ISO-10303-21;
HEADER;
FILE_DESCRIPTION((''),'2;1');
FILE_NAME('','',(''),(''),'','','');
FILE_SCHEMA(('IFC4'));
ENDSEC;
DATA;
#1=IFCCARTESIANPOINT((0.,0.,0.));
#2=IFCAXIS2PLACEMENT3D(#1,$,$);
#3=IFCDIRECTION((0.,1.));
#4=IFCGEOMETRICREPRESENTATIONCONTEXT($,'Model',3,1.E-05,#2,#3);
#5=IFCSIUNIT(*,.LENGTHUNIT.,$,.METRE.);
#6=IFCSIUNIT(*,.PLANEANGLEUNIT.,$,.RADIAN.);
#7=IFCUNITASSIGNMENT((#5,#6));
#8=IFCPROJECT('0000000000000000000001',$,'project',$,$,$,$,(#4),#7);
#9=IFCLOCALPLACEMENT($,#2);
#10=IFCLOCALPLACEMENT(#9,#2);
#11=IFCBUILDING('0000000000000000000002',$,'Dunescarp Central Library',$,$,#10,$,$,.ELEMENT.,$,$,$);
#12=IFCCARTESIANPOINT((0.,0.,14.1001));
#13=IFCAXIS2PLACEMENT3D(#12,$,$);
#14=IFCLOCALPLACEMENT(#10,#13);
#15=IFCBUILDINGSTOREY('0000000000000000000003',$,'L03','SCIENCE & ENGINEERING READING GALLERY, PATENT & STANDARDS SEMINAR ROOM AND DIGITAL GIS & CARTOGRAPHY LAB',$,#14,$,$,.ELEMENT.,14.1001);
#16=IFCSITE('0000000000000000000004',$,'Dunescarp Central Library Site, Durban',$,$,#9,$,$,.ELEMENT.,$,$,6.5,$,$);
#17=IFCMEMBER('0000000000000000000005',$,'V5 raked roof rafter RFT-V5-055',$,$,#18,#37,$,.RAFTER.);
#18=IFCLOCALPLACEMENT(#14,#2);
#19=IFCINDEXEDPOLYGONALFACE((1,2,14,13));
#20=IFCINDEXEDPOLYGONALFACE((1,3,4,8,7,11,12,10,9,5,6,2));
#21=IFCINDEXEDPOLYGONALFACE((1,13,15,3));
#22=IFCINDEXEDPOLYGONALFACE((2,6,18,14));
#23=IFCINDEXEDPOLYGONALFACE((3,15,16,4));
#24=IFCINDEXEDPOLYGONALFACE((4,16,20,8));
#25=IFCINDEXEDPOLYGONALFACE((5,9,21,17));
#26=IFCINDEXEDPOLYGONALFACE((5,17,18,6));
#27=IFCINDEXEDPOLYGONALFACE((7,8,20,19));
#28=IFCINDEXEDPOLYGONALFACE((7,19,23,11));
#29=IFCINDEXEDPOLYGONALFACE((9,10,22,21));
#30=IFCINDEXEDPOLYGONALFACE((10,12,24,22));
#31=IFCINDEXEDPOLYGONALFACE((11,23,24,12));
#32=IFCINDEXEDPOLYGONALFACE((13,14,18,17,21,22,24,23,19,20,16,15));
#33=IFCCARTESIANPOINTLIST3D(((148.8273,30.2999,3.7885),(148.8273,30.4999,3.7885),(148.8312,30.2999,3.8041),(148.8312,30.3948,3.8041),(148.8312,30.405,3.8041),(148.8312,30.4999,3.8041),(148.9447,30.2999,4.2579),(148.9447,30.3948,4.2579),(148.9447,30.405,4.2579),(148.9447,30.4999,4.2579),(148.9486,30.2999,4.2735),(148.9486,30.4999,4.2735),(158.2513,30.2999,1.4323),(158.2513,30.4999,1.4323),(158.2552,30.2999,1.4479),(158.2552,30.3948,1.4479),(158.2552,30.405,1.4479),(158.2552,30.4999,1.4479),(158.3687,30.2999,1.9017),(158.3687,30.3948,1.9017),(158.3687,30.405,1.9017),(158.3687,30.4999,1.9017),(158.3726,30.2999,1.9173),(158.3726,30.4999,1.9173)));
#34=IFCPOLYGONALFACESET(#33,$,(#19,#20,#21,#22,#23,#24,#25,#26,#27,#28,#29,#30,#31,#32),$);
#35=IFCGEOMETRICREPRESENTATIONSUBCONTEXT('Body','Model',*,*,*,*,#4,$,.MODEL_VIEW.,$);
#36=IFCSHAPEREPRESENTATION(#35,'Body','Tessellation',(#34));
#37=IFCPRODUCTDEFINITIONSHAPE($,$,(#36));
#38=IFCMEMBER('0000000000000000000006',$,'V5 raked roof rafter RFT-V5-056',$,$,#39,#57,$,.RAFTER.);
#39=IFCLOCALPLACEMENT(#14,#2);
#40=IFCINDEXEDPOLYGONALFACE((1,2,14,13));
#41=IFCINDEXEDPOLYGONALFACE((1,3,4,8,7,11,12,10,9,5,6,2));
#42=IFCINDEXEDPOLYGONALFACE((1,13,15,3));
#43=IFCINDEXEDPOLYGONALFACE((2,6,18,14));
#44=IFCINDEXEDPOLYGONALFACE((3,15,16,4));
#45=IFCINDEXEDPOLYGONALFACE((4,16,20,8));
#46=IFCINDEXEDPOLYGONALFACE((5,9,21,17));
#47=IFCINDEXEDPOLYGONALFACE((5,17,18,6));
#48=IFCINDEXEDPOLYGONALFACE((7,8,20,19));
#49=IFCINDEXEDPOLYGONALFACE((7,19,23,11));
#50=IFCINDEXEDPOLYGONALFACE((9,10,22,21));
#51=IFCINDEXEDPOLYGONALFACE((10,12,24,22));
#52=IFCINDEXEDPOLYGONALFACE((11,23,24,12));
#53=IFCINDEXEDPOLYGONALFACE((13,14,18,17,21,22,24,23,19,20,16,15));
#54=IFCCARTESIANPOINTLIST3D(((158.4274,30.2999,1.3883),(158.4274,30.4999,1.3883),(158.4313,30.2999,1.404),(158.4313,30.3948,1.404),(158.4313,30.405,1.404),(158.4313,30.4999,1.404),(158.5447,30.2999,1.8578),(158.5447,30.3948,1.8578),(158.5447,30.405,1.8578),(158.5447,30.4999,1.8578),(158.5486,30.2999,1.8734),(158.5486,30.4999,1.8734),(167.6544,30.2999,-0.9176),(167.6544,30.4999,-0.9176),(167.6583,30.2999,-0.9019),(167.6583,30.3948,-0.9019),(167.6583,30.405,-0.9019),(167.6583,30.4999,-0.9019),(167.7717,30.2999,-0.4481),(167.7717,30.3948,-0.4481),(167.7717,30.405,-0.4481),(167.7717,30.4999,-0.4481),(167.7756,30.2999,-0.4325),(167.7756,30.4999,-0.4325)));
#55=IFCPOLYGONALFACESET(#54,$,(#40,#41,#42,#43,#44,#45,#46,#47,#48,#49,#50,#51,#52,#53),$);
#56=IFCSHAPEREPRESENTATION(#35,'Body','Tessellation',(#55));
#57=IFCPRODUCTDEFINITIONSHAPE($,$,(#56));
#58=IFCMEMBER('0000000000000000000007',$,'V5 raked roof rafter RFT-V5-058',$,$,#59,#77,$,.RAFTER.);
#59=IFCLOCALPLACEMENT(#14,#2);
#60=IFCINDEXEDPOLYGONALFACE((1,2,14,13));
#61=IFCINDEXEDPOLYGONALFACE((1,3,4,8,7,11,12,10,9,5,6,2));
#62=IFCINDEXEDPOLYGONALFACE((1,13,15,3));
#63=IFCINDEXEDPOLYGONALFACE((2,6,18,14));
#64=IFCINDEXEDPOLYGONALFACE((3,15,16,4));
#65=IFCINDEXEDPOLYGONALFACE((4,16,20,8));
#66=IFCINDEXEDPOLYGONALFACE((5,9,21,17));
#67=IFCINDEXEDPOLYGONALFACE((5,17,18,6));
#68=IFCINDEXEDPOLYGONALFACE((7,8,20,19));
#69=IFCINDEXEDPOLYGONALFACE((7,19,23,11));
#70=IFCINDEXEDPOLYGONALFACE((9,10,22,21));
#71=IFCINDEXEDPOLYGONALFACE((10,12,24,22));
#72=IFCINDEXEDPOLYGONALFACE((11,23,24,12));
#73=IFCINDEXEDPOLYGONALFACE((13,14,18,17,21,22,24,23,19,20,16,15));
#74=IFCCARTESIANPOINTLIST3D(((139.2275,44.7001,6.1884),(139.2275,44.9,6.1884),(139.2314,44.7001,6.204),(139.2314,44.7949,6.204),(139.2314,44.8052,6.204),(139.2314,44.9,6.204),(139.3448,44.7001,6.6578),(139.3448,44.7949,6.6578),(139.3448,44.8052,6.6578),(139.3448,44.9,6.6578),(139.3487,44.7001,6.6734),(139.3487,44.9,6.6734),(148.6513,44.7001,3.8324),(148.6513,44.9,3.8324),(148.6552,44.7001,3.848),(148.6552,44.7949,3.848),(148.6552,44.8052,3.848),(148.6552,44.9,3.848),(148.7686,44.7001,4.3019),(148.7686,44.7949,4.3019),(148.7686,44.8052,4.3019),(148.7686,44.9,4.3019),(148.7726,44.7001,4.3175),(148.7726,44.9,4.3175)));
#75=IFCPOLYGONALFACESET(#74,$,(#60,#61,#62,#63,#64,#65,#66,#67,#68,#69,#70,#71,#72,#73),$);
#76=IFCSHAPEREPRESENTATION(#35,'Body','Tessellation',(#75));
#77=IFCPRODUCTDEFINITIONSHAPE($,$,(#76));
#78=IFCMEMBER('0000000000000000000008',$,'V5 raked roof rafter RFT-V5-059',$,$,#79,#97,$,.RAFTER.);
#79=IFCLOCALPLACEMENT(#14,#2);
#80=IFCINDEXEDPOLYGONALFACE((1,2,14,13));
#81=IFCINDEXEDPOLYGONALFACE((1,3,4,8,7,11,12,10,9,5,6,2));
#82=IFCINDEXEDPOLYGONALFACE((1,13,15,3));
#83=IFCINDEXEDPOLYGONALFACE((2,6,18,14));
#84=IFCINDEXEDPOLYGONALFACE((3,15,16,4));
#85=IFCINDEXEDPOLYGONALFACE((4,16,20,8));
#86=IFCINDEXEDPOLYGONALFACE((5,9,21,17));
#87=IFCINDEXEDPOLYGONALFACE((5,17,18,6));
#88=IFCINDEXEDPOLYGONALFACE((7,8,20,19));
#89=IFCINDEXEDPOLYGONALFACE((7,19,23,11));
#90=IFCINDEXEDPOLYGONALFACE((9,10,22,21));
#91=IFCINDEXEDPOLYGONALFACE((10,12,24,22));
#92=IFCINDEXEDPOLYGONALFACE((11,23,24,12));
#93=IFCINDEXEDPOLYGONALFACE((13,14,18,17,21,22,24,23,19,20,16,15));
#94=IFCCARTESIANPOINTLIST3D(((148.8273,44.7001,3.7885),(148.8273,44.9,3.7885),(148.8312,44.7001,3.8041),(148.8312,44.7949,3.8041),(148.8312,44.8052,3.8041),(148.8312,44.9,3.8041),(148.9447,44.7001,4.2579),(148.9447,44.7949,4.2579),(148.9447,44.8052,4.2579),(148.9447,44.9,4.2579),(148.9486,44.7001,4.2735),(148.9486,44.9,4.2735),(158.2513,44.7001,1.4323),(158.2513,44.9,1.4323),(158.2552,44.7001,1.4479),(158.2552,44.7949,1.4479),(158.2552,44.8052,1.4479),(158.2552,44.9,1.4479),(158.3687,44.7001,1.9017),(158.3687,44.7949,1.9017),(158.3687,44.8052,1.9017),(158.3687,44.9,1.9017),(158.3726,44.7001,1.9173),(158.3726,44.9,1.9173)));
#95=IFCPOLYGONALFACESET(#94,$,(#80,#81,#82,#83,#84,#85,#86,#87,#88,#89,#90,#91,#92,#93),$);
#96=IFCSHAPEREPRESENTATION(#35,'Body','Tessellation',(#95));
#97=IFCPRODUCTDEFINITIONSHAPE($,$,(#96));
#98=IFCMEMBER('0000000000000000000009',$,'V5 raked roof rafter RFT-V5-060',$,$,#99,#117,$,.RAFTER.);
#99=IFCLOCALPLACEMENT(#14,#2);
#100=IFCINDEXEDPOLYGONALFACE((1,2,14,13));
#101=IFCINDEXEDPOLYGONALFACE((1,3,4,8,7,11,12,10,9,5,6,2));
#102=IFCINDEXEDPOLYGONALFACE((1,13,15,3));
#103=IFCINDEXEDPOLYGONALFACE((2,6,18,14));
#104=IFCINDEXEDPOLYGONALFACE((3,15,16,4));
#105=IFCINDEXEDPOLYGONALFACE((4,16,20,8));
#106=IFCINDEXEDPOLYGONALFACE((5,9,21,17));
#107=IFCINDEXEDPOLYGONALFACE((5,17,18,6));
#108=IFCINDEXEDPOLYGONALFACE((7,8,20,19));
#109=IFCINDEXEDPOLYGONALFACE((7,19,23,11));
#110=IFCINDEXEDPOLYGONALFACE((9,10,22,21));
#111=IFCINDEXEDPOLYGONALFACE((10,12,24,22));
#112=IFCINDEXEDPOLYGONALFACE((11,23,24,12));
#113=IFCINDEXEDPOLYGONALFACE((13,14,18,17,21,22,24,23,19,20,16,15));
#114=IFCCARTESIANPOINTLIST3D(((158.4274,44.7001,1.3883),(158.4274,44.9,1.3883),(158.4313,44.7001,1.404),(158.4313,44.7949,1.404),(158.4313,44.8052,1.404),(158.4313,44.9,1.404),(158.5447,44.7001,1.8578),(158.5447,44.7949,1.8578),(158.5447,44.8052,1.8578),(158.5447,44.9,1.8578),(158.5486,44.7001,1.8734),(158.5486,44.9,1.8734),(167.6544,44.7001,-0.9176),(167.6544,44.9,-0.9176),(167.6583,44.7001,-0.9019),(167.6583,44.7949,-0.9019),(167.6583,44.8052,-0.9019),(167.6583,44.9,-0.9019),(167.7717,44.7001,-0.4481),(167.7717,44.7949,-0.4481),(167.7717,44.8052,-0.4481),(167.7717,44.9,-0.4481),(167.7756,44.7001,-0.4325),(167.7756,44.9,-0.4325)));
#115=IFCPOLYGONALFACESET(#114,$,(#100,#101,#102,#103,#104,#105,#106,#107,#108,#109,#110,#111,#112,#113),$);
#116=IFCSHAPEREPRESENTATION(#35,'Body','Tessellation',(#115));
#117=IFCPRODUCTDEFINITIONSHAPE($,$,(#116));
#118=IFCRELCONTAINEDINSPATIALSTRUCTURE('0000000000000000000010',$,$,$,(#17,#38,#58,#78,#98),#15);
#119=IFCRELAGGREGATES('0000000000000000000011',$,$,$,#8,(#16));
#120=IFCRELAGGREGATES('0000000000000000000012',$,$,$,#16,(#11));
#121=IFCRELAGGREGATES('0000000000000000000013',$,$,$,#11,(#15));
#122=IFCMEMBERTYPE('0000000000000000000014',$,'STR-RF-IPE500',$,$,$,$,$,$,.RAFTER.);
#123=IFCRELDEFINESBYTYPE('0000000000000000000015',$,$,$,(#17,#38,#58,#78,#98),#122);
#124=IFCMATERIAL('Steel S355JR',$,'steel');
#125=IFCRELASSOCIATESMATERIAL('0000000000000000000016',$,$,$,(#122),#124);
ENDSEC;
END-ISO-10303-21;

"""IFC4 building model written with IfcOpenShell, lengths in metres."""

from ifc_helpers import new_model, si_unit, direction, frame, origin, origin_2d, place, context, subcontext, project, spatial, i_section, extrude, material, material_profile, profile_set, type_object, element, save


model = new_model("IFC4")

# Units and contexts
model_context = context("Model", 3, precision=1e-05, world=origin(), true_north=direction((0.0, 1.0)))
body_context = subcontext(model_context, "Body", "Model", "MODEL_VIEW")
ifc_project = project(units=[si_unit("LENGTHUNIT", "METRE"), si_unit("PLANEANGLEUNIT", "RADIAN")], contexts=[model_context])

# Site, building, storey
site_placement = place(None, origin())
site = spatial("IfcSite", under=ifc_project, at=site_placement, Name="Dunescarp Central Library Site, Durban", CompositionType="ELEMENT", RefElevation=6.5)
building_placement = place(site_placement, origin())
building = spatial("IfcBuilding", under=site, at=building_placement, Name="Dunescarp Central Library", CompositionType="ELEMENT")
storey_placement = place(building_placement, frame((0.0, 0.0, 14.1001)))
storey = spatial("IfcBuildingStorey", under=building, at=storey_placement, Name="L03", Description="SCIENCE & ENGINEERING READING GALLERY, PATENT & STANDARDS SEMINAR ROOM AND DIGITAL GIS & CARTOGRAPHY LAB", CompositionType="ELEMENT", Elevation=14.1001)

# Shared definitions
ifc_material = material(Name="Steel S355JR", Category="steel")

# Members
ifc_material_profile_1 = material_profile(ifc_material, i_section(OverallWidth=0.2, OverallDepth=0.5, WebThickness=0.0103, FlangeThickness=0.0161, at=origin_2d()), Name="IPE 500")
ifc_profile_set_1 = profile_set([ifc_material_profile_1], Name="Steel S355JR")
member_type_1 = type_object("IfcMemberType", Name="STR-RF-IPE500", PredefinedType="RAFTER", material=ifc_profile_set_1)
member_1_placement = place(storey_placement, frame((148.8879, 30.3999, 4.031), z_axis=(0.970138, 0.0, -0.242553), x_axis=(0.0, 1.0, 0.0)))
element("IfcMember", 1, at=member_1_placement, inside=storey, type_object=member_type_1, Name="V5 raked roof rafter RFT-V5-055", PredefinedType="RAFTER", context=body_context, shape_type="SweptSolid", body=[
    extrude(i_section(OverallWidth=0.2, OverallDepth=0.5, WebThickness=0.0103, FlangeThickness=0.0161, at=origin_2d()), origin(), (0.0, 0.0, 1.0), 9.7141),
])
member_2_placement = place(storey_placement, frame((158.488, 30.3999, 1.6309), z_axis=(0.970164, 0.0, -0.242451), x_axis=(0.0, 1.0, 0.0)))
element("IfcMember", 2, at=member_2_placement, inside=storey, type_object=member_type_1, Name="V5 raked roof rafter RFT-V5-056", PredefinedType="RAFTER", context=body_context, shape_type="SweptSolid", body=[
    extrude(i_section(OverallWidth=0.2, OverallDepth=0.5, WebThickness=0.0103, FlangeThickness=0.0161, at=origin_2d()), origin(), (0.0, 0.0, 1.0), 9.5107),
])
member_3_placement = place(storey_placement, frame((139.2881, 44.8, 6.4309), z_axis=(0.970143, 0.0, -0.242536), x_axis=(0.0, 1.0, 0.0)))
element("IfcMember", 3, at=member_3_placement, inside=storey, type_object=member_type_1, Name="V5 raked roof rafter RFT-V5-058", PredefinedType="RAFTER", context=body_context, shape_type="SweptSolid", body=[
    extrude(i_section(OverallWidth=0.2, OverallDepth=0.5, WebThickness=0.0103, FlangeThickness=0.0161, at=origin_2d()), origin(), (0.0, 0.0, 1.0), 9.7139),
])
member_4_placement = place(storey_placement, frame((148.8879, 44.8, 4.031), z_axis=(0.970138, 0.0, -0.242553), x_axis=(0.0, 1.0, 0.0)))
element("IfcMember", 4, at=member_4_placement, inside=storey, type_object=member_type_1, Name="V5 raked roof rafter RFT-V5-059", PredefinedType="RAFTER", context=body_context, shape_type="SweptSolid", body=[
    extrude(i_section(OverallWidth=0.2, OverallDepth=0.5, WebThickness=0.0103, FlangeThickness=0.0161, at=origin_2d()), origin(), (0.0, 0.0, 1.0), 9.7141),
])
member_5_placement = place(storey_placement, frame((158.488, 44.8, 1.6309), z_axis=(0.970164, 0.0, -0.242451), x_axis=(0.0, 1.0, 0.0)))
element("IfcMember", 5, at=member_5_placement, inside=storey, type_object=member_type_1, Name="V5 raked roof rafter RFT-V5-060", PredefinedType="RAFTER", context=body_context, shape_type="SweptSolid", body=[
    extrude(i_section(OverallWidth=0.2, OverallDepth=0.5, WebThickness=0.0103, FlangeThickness=0.0161, at=origin_2d()), origin(), (0.0, 0.0, 1.0), 9.5107),
])

save(model, "model.ifc")
